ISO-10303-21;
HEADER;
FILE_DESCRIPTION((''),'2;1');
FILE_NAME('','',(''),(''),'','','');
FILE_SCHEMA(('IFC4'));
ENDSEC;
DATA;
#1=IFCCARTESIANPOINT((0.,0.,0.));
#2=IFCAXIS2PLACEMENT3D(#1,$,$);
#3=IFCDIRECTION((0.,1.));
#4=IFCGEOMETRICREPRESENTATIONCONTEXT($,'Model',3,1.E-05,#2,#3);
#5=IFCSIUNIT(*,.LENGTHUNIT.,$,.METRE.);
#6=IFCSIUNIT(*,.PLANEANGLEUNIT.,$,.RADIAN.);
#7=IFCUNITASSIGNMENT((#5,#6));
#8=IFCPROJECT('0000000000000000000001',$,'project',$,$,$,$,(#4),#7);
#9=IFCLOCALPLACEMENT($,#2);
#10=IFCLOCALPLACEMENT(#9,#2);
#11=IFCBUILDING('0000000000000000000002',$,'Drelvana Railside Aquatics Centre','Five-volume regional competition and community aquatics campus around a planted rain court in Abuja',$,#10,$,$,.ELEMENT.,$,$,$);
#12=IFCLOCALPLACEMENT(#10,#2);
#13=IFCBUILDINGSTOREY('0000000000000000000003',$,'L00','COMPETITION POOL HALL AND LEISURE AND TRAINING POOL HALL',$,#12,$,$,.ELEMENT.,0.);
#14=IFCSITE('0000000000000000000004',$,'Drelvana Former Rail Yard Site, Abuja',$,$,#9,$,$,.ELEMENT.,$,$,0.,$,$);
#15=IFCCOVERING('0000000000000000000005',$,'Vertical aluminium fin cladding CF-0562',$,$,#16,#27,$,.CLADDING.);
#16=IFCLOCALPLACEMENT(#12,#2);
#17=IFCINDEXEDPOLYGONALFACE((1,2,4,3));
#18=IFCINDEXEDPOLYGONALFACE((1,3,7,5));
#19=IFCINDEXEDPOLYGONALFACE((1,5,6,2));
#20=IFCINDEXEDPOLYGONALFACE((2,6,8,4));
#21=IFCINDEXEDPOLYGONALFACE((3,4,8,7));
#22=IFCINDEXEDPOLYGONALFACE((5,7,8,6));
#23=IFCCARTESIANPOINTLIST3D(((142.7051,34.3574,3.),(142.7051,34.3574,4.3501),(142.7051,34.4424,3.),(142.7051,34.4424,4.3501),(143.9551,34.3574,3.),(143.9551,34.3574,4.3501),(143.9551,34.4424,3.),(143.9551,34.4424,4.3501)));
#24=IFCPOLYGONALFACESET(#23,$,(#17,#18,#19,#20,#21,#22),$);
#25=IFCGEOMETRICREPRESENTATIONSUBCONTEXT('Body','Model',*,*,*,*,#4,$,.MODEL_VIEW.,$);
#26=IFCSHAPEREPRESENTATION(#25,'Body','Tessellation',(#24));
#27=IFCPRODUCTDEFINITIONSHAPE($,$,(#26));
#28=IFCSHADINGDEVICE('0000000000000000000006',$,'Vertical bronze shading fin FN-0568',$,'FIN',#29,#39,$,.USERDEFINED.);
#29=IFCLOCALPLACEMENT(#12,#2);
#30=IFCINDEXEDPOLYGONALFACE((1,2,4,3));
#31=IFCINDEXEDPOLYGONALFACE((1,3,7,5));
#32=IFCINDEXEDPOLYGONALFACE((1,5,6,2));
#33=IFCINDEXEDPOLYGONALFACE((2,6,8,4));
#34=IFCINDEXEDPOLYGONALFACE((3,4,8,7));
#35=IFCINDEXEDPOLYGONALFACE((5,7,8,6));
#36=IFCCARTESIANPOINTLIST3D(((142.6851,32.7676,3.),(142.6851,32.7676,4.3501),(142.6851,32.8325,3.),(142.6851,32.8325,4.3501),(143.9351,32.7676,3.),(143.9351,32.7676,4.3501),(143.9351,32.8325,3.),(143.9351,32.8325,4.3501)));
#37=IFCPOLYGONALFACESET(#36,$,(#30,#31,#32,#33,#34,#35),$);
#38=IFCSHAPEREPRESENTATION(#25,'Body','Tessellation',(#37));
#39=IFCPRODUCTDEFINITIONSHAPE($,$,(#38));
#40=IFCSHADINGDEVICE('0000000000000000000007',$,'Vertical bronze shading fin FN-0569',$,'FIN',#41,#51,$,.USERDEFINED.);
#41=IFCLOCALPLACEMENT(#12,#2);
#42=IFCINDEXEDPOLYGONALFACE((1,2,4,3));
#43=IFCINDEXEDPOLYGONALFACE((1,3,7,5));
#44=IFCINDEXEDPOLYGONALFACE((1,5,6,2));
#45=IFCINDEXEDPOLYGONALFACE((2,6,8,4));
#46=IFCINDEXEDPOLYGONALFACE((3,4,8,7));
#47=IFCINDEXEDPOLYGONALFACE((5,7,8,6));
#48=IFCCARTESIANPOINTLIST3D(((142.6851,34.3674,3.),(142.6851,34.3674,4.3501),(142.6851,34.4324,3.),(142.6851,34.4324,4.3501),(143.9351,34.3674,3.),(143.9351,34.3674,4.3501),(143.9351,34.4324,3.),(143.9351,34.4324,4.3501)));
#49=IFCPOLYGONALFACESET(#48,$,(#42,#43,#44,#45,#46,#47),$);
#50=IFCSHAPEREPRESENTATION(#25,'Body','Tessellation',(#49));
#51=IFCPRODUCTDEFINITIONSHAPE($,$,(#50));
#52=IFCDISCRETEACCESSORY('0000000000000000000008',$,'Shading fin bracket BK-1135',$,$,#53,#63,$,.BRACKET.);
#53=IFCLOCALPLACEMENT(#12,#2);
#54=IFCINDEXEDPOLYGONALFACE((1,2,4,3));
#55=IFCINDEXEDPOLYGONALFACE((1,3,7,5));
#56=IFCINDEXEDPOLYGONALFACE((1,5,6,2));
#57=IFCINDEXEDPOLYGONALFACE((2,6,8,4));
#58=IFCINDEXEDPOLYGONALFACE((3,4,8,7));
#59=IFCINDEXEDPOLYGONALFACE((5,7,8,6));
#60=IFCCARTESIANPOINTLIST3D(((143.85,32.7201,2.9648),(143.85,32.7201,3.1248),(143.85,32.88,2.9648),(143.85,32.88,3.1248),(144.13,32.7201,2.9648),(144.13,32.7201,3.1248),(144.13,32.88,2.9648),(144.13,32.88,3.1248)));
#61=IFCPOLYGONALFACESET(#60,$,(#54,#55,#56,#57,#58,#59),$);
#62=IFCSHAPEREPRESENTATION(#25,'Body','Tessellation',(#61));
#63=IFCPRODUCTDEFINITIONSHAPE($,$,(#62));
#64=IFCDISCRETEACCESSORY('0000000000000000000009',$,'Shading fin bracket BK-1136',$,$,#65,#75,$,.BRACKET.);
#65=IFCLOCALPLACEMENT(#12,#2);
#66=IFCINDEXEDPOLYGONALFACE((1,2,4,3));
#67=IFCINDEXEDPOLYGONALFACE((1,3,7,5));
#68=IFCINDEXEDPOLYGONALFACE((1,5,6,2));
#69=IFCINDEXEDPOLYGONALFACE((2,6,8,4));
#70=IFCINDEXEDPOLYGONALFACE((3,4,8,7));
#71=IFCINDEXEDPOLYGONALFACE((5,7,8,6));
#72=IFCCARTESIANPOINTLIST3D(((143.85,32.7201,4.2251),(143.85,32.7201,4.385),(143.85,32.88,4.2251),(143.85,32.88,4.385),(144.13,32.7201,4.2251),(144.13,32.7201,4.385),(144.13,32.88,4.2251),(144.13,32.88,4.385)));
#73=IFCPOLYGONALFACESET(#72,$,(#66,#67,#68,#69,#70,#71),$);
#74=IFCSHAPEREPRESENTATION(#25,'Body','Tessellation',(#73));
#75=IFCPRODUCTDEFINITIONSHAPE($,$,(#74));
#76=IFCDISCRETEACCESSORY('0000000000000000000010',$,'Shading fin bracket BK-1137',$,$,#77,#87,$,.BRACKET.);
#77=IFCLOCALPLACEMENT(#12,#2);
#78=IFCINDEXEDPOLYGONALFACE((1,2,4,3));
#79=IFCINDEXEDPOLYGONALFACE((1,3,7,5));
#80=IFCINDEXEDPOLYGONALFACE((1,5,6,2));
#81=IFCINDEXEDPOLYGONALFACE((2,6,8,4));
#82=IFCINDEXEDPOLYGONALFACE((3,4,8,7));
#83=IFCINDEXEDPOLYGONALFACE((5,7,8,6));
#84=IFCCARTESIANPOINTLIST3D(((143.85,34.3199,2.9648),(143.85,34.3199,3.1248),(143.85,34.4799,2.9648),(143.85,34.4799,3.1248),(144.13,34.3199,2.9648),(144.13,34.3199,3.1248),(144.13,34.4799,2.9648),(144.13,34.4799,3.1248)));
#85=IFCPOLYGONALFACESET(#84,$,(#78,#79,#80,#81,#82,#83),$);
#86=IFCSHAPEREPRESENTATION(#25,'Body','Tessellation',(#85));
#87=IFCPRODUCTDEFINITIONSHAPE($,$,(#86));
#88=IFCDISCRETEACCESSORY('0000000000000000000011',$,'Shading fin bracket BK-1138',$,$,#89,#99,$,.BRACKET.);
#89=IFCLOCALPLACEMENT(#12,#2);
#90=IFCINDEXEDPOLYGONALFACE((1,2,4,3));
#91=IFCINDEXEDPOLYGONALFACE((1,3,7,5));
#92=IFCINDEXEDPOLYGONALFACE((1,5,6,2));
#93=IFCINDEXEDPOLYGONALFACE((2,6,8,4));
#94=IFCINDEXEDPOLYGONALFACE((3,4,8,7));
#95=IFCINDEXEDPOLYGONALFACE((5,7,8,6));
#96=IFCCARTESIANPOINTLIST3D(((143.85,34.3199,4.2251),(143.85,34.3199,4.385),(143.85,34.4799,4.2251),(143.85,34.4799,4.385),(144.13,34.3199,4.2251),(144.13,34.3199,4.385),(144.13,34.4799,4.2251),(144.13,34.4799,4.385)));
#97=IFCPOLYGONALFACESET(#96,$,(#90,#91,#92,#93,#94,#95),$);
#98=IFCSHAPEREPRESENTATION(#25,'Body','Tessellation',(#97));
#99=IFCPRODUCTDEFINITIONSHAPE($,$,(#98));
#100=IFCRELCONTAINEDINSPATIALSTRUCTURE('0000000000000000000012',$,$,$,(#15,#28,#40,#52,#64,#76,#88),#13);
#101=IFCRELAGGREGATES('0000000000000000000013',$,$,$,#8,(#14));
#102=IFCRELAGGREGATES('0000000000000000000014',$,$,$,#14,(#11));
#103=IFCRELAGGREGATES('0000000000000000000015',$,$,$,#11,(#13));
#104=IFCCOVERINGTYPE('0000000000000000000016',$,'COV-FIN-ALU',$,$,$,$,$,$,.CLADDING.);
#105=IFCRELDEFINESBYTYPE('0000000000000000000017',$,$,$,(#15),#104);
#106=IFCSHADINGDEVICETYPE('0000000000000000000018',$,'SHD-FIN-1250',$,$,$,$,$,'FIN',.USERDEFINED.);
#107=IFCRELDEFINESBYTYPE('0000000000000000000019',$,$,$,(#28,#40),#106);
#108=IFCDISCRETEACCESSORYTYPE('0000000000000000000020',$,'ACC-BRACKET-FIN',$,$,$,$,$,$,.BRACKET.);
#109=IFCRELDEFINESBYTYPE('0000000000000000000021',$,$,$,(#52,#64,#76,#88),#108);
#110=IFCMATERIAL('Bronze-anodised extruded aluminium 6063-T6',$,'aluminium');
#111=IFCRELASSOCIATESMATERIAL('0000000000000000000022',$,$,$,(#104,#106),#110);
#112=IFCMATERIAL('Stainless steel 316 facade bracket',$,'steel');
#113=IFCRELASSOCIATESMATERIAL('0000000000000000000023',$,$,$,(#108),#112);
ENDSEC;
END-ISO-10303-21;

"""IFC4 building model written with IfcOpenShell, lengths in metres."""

from ifc_helpers import new_model, si_unit, direction, frame, origin, origin_2d, place, context, subcontext, project, spatial, rectangle, extrude, material, type_object, element, save


model = new_model("IFC4")

# Units and contexts
model_context = context("Model", 3, precision=1e-05, world=origin(), true_north=direction((0.0, 1.0)))
body_context = subcontext(model_context, "Body", "Model", "MODEL_VIEW")
ifc_project = project(units=[si_unit("LENGTHUNIT", "METRE"), si_unit("PLANEANGLEUNIT", "RADIAN")], contexts=[model_context])

# Site, building, storey
site_placement = place(None, origin())
site = spatial("IfcSite", under=ifc_project, at=site_placement, Name="Drelvana Former Rail Yard Site, Abuja", CompositionType="ELEMENT", RefElevation=0.0)
building_placement = place(site_placement, origin())
building = spatial("IfcBuilding", under=site, at=building_placement, Name="Drelvana Railside Aquatics Centre", Description="Five-volume regional competition and community aquatics campus around a planted rain court in Abuja", CompositionType="ELEMENT")
storey_placement = place(building_placement, origin())
storey = spatial("IfcBuildingStorey", under=building, at=storey_placement, Name="L00", Description="COMPETITION POOL HALL AND LEISURE AND TRAINING POOL HALL", CompositionType="ELEMENT", Elevation=0.0)

# Covering
ifc_material_1 = material(Name="Bronze-anodised extruded aluminium 6063-T6", Category="aluminium")
covering_type = type_object("IfcCoveringType", Name="COV-FIN-ALU", PredefinedType="CLADDING", material=ifc_material_1)
for number, where, z_axis, x_axis, name in (
    (1, (143.3301, 34.3999, 3.0), (0.0, 0.0, 1.0), (0.0, 1.0, 0.0), "Vertical aluminium fin cladding CF-0562"),
):
    element("IfcCovering", number, at=place(storey_placement, frame(where, z_axis=z_axis, x_axis=x_axis)), inside=storey, type_object=covering_type, Name=name, PredefinedType="CLADDING", context=body_context, shape_type="SweptSolid", body=[
        extrude(rectangle(XDim=0.085, YDim=1.25, at=origin_2d()), origin(), (0.0, 0.0, 1.0), 1.3501),
    ])

# Shading devices
shading_device_type = type_object("IfcShadingDeviceType", Name="SHD-FIN-1250", ElementType="FIN", PredefinedType="USERDEFINED", material=ifc_material_1)
for number, where, z_axis, x_axis, name in (
    (2, (143.3101, 32.8, 3.0), (0.0, 0.0, 1.0), (-1.0, 0.0, 0.0), "Vertical bronze shading fin FN-0568"),
    (3, (143.3101, 34.3999, 3.0), (0.0, 0.0, 1.0), (-1.0, 0.0, 0.0), "Vertical bronze shading fin FN-0569"),
):
    element("IfcShadingDevice", number, at=place(storey_placement, frame(where, z_axis=z_axis, x_axis=x_axis)), inside=storey, type_object=shading_device_type, Name=name, ObjectType="FIN", PredefinedType="USERDEFINED", context=body_context, shape_type="SweptSolid", body=[
        extrude(rectangle(XDim=1.25, YDim=0.0649, at=origin_2d()), origin(), (0.0, 0.0, 1.0), 1.3501),
    ])

# Discrete accessories
ifc_material_2 = material(Name="Stainless steel 316 facade bracket", Category="steel")
discrete_accessory_type = type_object("IfcDiscreteAccessoryType", Name="ACC-BRACKET-FIN", PredefinedType="BRACKET", material=ifc_material_2)
for number, where, z_axis, x_axis, name in (
    (4, (143.99, 32.8, 2.9648), (0.0, 0.0, 1.0), (-1.0, 0.0, 0.0), "Shading fin bracket BK-1135"),
    (5, (143.99, 32.8, 4.2251), (0.0, 0.0, 1.0), (-1.0, 0.0, 0.0), "Shading fin bracket BK-1136"),
    (6, (143.99, 34.3999, 2.9648), (0.0, 0.0, 1.0), (-1.0, 0.0, 0.0), "Shading fin bracket BK-1137"),
    (7, (143.99, 34.3999, 4.2251), (0.0, 0.0, 1.0), (-1.0, 0.0, 0.0), "Shading fin bracket BK-1138"),
):
    element("IfcDiscreteAccessory", number, at=place(storey_placement, frame(where, z_axis=z_axis, x_axis=x_axis)), inside=storey, type_object=discrete_accessory_type, Name=name, PredefinedType="BRACKET", context=body_context, shape_type="SweptSolid", body=[
        extrude(rectangle(XDim=0.28, YDim=0.1599, at=origin_2d()), origin(), (0.0, 0.0, 1.0), 0.1599),
    ])

save(model, "model.ifc")
